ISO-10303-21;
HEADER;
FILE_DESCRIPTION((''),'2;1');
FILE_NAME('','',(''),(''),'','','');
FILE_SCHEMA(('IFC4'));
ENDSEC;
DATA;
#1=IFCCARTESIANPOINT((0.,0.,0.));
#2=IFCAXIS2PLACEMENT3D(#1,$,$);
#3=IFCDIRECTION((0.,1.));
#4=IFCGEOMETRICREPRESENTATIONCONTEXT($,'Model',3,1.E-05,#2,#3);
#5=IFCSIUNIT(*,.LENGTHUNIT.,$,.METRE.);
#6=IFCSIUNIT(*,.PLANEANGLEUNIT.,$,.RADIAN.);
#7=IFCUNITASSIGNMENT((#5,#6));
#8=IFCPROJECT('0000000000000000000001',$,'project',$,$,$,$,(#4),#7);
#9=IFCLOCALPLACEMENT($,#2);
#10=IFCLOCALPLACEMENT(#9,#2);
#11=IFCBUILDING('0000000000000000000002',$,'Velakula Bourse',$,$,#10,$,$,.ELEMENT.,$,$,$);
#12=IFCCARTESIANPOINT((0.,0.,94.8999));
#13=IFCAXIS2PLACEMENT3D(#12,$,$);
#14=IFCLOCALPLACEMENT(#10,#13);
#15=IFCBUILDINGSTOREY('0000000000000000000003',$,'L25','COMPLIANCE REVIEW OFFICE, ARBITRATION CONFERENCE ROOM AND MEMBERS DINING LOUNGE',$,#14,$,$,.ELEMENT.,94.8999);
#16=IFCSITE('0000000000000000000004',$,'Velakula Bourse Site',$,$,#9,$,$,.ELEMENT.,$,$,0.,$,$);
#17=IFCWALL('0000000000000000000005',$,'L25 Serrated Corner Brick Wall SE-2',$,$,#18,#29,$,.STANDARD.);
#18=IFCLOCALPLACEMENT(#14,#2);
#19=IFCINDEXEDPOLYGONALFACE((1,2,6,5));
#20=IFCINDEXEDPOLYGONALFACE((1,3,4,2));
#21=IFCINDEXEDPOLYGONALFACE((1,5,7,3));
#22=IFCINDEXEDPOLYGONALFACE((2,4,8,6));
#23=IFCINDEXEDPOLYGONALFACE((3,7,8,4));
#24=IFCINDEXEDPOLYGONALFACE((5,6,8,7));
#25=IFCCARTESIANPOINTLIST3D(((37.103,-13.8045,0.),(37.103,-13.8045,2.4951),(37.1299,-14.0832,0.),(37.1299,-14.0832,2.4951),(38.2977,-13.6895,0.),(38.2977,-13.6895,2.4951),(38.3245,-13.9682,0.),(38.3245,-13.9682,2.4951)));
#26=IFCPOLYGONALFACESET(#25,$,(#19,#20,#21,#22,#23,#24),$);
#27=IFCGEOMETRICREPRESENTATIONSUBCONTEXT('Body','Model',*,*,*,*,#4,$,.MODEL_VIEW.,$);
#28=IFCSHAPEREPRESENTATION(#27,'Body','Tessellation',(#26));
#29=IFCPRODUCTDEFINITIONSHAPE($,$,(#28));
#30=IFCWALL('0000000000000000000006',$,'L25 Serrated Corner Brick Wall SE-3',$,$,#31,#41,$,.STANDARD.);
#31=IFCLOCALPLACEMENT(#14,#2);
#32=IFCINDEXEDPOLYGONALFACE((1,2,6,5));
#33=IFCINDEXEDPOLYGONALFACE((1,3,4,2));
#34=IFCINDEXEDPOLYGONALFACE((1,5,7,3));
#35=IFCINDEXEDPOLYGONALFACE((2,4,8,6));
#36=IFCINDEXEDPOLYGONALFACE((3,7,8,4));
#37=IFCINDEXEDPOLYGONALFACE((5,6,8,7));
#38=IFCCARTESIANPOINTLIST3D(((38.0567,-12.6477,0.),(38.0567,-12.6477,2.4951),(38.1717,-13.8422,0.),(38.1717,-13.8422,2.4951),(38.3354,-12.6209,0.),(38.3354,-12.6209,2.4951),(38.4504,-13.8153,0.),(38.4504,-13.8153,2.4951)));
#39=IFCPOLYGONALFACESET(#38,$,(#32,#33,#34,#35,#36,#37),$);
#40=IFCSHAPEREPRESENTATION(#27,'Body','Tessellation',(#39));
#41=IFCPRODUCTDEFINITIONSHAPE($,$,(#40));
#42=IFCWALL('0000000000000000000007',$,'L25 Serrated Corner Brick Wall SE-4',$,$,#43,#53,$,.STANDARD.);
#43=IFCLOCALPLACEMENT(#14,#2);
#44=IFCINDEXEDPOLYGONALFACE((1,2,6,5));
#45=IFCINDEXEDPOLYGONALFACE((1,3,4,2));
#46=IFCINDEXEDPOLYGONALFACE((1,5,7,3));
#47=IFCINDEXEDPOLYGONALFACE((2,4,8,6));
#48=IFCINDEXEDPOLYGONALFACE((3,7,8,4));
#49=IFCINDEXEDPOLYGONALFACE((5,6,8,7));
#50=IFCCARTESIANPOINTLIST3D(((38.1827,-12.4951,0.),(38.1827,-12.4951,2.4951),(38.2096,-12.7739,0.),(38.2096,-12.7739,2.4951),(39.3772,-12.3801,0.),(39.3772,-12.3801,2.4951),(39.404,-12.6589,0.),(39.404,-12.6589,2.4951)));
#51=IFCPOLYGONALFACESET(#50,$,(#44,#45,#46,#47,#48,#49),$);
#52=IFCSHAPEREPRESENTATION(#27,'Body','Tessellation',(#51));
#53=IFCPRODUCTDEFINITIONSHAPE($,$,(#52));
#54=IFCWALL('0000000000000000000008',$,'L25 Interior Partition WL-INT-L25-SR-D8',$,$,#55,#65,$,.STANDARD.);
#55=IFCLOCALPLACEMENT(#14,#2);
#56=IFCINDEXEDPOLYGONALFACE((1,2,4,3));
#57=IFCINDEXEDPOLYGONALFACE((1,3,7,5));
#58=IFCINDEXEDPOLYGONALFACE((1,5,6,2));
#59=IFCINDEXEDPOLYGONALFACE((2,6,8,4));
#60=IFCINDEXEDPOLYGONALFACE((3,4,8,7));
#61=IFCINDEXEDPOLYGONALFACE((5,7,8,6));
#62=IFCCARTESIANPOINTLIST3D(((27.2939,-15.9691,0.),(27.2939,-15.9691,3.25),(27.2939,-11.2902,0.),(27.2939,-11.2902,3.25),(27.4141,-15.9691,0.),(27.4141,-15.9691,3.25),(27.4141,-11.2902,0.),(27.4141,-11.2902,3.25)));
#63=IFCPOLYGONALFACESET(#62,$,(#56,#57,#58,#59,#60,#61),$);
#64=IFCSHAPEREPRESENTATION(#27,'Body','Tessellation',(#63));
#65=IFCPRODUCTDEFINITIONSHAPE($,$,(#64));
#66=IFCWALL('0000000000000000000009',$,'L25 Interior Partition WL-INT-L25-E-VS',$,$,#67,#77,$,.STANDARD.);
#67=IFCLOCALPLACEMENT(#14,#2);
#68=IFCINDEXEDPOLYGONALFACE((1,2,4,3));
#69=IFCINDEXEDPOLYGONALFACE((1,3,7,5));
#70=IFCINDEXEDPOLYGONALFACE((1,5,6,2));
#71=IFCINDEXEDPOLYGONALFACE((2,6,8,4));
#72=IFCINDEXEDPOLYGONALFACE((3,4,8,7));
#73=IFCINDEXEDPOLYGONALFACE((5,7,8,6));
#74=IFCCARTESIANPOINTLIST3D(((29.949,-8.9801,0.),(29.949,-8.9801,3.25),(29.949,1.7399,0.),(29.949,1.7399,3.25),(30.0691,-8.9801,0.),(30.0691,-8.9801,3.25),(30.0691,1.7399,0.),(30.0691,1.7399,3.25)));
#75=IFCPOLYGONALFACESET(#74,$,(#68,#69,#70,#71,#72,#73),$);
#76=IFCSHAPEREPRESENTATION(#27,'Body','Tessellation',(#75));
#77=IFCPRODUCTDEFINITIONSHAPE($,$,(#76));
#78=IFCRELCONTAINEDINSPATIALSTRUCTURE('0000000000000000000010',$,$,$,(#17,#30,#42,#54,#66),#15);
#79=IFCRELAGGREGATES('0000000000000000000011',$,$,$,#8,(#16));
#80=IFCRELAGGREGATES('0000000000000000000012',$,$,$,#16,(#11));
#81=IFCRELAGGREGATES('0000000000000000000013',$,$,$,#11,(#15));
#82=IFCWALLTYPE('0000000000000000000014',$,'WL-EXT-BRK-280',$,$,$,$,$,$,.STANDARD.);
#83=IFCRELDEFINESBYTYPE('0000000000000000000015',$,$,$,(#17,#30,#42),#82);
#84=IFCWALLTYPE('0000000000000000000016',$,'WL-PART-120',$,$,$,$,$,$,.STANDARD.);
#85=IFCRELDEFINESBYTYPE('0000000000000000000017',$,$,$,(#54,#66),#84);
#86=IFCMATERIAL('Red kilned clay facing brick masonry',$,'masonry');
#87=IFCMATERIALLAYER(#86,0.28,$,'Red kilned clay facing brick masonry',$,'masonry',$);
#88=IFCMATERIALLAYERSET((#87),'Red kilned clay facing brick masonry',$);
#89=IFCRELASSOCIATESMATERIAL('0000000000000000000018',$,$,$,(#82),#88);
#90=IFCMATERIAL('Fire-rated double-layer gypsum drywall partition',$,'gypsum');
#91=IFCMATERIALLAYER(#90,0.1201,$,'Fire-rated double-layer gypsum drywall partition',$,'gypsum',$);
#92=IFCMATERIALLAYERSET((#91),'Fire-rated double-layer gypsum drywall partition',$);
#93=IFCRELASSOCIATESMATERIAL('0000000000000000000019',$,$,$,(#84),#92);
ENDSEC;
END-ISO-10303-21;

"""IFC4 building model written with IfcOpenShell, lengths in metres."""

from ifc_helpers import new_model, si_unit, direction, frame, frame_2d, origin, place, context, subcontext, project, spatial, rectangle, extrude, material, layer, layer_set, type_object, element, save


model = new_model("IFC4")

# Units and contexts
model_context = context("Model", 3, precision=1e-05, world=origin(), true_north=direction((0.0, 1.0)))
body_context = subcontext(model_context, "Body", "Model", "MODEL_VIEW")
ifc_project = project(units=[si_unit("LENGTHUNIT", "METRE"), si_unit("PLANEANGLEUNIT", "RADIAN")], contexts=[model_context])

# Site, building, storey
site_placement = place(None, origin())
site = spatial("IfcSite", under=ifc_project, at=site_placement, Name="Velakula Bourse Site", CompositionType="ELEMENT", RefElevation=0.0)
building_placement = place(site_placement, origin())
building = spatial("IfcBuilding", under=site, at=building_placement, Name="Velakula Bourse", CompositionType="ELEMENT")
storey_placement = place(building_placement, frame((0.0, 0.0, 94.8999)))
storey = spatial("IfcBuildingStorey", under=building, at=storey_placement, Name="L25", Description="COMPLIANCE REVIEW OFFICE, ARBITRATION CONFERENCE ROOM AND MEMBERS DINING LOUNGE", CompositionType="ELEMENT", Elevation=94.8999)

# Shared definitions
ifc_material_1 = material(Name="Red kilned clay facing brick masonry", Category="masonry")
ifc_layer_1 = layer(ifc_material_1, 0.28, Name="Red kilned clay facing brick masonry", Category="masonry")
ifc_layer_set_1 = layer_set([ifc_layer_1], Name="Red kilned clay facing brick masonry")
wall_type_1 = type_object("IfcWallType", Name="WL-EXT-BRK-280", PredefinedType="STANDARD", material=ifc_layer_set_1)

# Walls
for number, where, z_axis, x_axis, name in (
    (1, (37.1165, -13.9438, 0.0), (0.0, 0.0, 1.0), (0.995399, 0.095817, 0.0), "L25 Serrated Corner Brick Wall SE-2"),
):
    element("IfcWall", number, at=place(storey_placement, frame(where, z_axis=z_axis, x_axis=x_axis)), inside=storey, type_object=wall_type_1, Name=name, PredefinedType="STANDARD", context=body_context, shape_type="SweptSolid", body=[
        extrude(rectangle(XDim=1.2002, YDim=0.28, at=frame_2d((0.6001, 0.0))), origin(), (0.0, 0.0, 1.0), 2.4951),
    ])
for number, where, z_axis, x_axis, name in (
    (2, (38.311, -13.8289, 0.0), (0.0, 0.0, 1.0), (-0.095836, 0.995397, 0.0), "L25 Serrated Corner Brick Wall SE-3"),
    (3, (38.196, -12.6345, 0.0), (0.0, 0.0, 1.0), (0.995397, 0.095836, 0.0), "L25 Serrated Corner Brick Wall SE-4"),
):
    element("IfcWall", number, at=place(storey_placement, frame(where, z_axis=z_axis, x_axis=x_axis)), inside=storey, type_object=wall_type_1, Name=name, PredefinedType="STANDARD", context=body_context, shape_type="SweptSolid", body=[
        extrude(rectangle(XDim=1.2, YDim=0.28, at=frame_2d((0.6001, 0.0))), origin(), (0.0, 0.0, 1.0), 2.4951),
    ])
ifc_material_2 = material(Name="Fire-rated double-layer gypsum drywall partition", Category="gypsum")
ifc_layer_2 = layer(ifc_material_2, 0.1201, Name="Fire-rated double-layer gypsum drywall partition", Category="gypsum")
ifc_layer_set_2 = layer_set([ifc_layer_2], Name="Fire-rated double-layer gypsum drywall partition")
wall_type_2 = type_object("IfcWallType", Name="WL-PART-120", PredefinedType="STANDARD", material=ifc_layer_set_2)
wall_1_placement = place(storey_placement, frame((27.354, -15.969, 0.0), z_axis=(0.0, 0.0, 1.0), x_axis=(0.0, 1.0, 0.0)))
element("IfcWall", 4, at=wall_1_placement, inside=storey, type_object=wall_type_2, Name="L25 Interior Partition WL-INT-L25-SR-D8", PredefinedType="STANDARD", context=body_context, shape_type="SweptSolid", body=[
    extrude(rectangle(XDim=4.679, YDim=0.1201, at=frame_2d((2.3394, 0.0))), origin(), (0.0, 0.0, 1.0), 3.25),
])
wall_2_placement = place(storey_placement, frame((30.009, -8.98, 0.0), z_axis=(0.0, 0.0, 1.0), x_axis=(0.0, 1.0, 0.0)))
element("IfcWall", 5, at=wall_2_placement, inside=storey, type_object=wall_type_2, Name="L25 Interior Partition WL-INT-L25-E-VS", PredefinedType="STANDARD", context=body_context, shape_type="SweptSolid", body=[
    extrude(rectangle(XDim=10.72, YDim=0.1201, at=frame_2d((5.3599, 0.0))), origin(), (0.0, 0.0, 1.0), 3.25),
])

save(model, "model.ifc")
